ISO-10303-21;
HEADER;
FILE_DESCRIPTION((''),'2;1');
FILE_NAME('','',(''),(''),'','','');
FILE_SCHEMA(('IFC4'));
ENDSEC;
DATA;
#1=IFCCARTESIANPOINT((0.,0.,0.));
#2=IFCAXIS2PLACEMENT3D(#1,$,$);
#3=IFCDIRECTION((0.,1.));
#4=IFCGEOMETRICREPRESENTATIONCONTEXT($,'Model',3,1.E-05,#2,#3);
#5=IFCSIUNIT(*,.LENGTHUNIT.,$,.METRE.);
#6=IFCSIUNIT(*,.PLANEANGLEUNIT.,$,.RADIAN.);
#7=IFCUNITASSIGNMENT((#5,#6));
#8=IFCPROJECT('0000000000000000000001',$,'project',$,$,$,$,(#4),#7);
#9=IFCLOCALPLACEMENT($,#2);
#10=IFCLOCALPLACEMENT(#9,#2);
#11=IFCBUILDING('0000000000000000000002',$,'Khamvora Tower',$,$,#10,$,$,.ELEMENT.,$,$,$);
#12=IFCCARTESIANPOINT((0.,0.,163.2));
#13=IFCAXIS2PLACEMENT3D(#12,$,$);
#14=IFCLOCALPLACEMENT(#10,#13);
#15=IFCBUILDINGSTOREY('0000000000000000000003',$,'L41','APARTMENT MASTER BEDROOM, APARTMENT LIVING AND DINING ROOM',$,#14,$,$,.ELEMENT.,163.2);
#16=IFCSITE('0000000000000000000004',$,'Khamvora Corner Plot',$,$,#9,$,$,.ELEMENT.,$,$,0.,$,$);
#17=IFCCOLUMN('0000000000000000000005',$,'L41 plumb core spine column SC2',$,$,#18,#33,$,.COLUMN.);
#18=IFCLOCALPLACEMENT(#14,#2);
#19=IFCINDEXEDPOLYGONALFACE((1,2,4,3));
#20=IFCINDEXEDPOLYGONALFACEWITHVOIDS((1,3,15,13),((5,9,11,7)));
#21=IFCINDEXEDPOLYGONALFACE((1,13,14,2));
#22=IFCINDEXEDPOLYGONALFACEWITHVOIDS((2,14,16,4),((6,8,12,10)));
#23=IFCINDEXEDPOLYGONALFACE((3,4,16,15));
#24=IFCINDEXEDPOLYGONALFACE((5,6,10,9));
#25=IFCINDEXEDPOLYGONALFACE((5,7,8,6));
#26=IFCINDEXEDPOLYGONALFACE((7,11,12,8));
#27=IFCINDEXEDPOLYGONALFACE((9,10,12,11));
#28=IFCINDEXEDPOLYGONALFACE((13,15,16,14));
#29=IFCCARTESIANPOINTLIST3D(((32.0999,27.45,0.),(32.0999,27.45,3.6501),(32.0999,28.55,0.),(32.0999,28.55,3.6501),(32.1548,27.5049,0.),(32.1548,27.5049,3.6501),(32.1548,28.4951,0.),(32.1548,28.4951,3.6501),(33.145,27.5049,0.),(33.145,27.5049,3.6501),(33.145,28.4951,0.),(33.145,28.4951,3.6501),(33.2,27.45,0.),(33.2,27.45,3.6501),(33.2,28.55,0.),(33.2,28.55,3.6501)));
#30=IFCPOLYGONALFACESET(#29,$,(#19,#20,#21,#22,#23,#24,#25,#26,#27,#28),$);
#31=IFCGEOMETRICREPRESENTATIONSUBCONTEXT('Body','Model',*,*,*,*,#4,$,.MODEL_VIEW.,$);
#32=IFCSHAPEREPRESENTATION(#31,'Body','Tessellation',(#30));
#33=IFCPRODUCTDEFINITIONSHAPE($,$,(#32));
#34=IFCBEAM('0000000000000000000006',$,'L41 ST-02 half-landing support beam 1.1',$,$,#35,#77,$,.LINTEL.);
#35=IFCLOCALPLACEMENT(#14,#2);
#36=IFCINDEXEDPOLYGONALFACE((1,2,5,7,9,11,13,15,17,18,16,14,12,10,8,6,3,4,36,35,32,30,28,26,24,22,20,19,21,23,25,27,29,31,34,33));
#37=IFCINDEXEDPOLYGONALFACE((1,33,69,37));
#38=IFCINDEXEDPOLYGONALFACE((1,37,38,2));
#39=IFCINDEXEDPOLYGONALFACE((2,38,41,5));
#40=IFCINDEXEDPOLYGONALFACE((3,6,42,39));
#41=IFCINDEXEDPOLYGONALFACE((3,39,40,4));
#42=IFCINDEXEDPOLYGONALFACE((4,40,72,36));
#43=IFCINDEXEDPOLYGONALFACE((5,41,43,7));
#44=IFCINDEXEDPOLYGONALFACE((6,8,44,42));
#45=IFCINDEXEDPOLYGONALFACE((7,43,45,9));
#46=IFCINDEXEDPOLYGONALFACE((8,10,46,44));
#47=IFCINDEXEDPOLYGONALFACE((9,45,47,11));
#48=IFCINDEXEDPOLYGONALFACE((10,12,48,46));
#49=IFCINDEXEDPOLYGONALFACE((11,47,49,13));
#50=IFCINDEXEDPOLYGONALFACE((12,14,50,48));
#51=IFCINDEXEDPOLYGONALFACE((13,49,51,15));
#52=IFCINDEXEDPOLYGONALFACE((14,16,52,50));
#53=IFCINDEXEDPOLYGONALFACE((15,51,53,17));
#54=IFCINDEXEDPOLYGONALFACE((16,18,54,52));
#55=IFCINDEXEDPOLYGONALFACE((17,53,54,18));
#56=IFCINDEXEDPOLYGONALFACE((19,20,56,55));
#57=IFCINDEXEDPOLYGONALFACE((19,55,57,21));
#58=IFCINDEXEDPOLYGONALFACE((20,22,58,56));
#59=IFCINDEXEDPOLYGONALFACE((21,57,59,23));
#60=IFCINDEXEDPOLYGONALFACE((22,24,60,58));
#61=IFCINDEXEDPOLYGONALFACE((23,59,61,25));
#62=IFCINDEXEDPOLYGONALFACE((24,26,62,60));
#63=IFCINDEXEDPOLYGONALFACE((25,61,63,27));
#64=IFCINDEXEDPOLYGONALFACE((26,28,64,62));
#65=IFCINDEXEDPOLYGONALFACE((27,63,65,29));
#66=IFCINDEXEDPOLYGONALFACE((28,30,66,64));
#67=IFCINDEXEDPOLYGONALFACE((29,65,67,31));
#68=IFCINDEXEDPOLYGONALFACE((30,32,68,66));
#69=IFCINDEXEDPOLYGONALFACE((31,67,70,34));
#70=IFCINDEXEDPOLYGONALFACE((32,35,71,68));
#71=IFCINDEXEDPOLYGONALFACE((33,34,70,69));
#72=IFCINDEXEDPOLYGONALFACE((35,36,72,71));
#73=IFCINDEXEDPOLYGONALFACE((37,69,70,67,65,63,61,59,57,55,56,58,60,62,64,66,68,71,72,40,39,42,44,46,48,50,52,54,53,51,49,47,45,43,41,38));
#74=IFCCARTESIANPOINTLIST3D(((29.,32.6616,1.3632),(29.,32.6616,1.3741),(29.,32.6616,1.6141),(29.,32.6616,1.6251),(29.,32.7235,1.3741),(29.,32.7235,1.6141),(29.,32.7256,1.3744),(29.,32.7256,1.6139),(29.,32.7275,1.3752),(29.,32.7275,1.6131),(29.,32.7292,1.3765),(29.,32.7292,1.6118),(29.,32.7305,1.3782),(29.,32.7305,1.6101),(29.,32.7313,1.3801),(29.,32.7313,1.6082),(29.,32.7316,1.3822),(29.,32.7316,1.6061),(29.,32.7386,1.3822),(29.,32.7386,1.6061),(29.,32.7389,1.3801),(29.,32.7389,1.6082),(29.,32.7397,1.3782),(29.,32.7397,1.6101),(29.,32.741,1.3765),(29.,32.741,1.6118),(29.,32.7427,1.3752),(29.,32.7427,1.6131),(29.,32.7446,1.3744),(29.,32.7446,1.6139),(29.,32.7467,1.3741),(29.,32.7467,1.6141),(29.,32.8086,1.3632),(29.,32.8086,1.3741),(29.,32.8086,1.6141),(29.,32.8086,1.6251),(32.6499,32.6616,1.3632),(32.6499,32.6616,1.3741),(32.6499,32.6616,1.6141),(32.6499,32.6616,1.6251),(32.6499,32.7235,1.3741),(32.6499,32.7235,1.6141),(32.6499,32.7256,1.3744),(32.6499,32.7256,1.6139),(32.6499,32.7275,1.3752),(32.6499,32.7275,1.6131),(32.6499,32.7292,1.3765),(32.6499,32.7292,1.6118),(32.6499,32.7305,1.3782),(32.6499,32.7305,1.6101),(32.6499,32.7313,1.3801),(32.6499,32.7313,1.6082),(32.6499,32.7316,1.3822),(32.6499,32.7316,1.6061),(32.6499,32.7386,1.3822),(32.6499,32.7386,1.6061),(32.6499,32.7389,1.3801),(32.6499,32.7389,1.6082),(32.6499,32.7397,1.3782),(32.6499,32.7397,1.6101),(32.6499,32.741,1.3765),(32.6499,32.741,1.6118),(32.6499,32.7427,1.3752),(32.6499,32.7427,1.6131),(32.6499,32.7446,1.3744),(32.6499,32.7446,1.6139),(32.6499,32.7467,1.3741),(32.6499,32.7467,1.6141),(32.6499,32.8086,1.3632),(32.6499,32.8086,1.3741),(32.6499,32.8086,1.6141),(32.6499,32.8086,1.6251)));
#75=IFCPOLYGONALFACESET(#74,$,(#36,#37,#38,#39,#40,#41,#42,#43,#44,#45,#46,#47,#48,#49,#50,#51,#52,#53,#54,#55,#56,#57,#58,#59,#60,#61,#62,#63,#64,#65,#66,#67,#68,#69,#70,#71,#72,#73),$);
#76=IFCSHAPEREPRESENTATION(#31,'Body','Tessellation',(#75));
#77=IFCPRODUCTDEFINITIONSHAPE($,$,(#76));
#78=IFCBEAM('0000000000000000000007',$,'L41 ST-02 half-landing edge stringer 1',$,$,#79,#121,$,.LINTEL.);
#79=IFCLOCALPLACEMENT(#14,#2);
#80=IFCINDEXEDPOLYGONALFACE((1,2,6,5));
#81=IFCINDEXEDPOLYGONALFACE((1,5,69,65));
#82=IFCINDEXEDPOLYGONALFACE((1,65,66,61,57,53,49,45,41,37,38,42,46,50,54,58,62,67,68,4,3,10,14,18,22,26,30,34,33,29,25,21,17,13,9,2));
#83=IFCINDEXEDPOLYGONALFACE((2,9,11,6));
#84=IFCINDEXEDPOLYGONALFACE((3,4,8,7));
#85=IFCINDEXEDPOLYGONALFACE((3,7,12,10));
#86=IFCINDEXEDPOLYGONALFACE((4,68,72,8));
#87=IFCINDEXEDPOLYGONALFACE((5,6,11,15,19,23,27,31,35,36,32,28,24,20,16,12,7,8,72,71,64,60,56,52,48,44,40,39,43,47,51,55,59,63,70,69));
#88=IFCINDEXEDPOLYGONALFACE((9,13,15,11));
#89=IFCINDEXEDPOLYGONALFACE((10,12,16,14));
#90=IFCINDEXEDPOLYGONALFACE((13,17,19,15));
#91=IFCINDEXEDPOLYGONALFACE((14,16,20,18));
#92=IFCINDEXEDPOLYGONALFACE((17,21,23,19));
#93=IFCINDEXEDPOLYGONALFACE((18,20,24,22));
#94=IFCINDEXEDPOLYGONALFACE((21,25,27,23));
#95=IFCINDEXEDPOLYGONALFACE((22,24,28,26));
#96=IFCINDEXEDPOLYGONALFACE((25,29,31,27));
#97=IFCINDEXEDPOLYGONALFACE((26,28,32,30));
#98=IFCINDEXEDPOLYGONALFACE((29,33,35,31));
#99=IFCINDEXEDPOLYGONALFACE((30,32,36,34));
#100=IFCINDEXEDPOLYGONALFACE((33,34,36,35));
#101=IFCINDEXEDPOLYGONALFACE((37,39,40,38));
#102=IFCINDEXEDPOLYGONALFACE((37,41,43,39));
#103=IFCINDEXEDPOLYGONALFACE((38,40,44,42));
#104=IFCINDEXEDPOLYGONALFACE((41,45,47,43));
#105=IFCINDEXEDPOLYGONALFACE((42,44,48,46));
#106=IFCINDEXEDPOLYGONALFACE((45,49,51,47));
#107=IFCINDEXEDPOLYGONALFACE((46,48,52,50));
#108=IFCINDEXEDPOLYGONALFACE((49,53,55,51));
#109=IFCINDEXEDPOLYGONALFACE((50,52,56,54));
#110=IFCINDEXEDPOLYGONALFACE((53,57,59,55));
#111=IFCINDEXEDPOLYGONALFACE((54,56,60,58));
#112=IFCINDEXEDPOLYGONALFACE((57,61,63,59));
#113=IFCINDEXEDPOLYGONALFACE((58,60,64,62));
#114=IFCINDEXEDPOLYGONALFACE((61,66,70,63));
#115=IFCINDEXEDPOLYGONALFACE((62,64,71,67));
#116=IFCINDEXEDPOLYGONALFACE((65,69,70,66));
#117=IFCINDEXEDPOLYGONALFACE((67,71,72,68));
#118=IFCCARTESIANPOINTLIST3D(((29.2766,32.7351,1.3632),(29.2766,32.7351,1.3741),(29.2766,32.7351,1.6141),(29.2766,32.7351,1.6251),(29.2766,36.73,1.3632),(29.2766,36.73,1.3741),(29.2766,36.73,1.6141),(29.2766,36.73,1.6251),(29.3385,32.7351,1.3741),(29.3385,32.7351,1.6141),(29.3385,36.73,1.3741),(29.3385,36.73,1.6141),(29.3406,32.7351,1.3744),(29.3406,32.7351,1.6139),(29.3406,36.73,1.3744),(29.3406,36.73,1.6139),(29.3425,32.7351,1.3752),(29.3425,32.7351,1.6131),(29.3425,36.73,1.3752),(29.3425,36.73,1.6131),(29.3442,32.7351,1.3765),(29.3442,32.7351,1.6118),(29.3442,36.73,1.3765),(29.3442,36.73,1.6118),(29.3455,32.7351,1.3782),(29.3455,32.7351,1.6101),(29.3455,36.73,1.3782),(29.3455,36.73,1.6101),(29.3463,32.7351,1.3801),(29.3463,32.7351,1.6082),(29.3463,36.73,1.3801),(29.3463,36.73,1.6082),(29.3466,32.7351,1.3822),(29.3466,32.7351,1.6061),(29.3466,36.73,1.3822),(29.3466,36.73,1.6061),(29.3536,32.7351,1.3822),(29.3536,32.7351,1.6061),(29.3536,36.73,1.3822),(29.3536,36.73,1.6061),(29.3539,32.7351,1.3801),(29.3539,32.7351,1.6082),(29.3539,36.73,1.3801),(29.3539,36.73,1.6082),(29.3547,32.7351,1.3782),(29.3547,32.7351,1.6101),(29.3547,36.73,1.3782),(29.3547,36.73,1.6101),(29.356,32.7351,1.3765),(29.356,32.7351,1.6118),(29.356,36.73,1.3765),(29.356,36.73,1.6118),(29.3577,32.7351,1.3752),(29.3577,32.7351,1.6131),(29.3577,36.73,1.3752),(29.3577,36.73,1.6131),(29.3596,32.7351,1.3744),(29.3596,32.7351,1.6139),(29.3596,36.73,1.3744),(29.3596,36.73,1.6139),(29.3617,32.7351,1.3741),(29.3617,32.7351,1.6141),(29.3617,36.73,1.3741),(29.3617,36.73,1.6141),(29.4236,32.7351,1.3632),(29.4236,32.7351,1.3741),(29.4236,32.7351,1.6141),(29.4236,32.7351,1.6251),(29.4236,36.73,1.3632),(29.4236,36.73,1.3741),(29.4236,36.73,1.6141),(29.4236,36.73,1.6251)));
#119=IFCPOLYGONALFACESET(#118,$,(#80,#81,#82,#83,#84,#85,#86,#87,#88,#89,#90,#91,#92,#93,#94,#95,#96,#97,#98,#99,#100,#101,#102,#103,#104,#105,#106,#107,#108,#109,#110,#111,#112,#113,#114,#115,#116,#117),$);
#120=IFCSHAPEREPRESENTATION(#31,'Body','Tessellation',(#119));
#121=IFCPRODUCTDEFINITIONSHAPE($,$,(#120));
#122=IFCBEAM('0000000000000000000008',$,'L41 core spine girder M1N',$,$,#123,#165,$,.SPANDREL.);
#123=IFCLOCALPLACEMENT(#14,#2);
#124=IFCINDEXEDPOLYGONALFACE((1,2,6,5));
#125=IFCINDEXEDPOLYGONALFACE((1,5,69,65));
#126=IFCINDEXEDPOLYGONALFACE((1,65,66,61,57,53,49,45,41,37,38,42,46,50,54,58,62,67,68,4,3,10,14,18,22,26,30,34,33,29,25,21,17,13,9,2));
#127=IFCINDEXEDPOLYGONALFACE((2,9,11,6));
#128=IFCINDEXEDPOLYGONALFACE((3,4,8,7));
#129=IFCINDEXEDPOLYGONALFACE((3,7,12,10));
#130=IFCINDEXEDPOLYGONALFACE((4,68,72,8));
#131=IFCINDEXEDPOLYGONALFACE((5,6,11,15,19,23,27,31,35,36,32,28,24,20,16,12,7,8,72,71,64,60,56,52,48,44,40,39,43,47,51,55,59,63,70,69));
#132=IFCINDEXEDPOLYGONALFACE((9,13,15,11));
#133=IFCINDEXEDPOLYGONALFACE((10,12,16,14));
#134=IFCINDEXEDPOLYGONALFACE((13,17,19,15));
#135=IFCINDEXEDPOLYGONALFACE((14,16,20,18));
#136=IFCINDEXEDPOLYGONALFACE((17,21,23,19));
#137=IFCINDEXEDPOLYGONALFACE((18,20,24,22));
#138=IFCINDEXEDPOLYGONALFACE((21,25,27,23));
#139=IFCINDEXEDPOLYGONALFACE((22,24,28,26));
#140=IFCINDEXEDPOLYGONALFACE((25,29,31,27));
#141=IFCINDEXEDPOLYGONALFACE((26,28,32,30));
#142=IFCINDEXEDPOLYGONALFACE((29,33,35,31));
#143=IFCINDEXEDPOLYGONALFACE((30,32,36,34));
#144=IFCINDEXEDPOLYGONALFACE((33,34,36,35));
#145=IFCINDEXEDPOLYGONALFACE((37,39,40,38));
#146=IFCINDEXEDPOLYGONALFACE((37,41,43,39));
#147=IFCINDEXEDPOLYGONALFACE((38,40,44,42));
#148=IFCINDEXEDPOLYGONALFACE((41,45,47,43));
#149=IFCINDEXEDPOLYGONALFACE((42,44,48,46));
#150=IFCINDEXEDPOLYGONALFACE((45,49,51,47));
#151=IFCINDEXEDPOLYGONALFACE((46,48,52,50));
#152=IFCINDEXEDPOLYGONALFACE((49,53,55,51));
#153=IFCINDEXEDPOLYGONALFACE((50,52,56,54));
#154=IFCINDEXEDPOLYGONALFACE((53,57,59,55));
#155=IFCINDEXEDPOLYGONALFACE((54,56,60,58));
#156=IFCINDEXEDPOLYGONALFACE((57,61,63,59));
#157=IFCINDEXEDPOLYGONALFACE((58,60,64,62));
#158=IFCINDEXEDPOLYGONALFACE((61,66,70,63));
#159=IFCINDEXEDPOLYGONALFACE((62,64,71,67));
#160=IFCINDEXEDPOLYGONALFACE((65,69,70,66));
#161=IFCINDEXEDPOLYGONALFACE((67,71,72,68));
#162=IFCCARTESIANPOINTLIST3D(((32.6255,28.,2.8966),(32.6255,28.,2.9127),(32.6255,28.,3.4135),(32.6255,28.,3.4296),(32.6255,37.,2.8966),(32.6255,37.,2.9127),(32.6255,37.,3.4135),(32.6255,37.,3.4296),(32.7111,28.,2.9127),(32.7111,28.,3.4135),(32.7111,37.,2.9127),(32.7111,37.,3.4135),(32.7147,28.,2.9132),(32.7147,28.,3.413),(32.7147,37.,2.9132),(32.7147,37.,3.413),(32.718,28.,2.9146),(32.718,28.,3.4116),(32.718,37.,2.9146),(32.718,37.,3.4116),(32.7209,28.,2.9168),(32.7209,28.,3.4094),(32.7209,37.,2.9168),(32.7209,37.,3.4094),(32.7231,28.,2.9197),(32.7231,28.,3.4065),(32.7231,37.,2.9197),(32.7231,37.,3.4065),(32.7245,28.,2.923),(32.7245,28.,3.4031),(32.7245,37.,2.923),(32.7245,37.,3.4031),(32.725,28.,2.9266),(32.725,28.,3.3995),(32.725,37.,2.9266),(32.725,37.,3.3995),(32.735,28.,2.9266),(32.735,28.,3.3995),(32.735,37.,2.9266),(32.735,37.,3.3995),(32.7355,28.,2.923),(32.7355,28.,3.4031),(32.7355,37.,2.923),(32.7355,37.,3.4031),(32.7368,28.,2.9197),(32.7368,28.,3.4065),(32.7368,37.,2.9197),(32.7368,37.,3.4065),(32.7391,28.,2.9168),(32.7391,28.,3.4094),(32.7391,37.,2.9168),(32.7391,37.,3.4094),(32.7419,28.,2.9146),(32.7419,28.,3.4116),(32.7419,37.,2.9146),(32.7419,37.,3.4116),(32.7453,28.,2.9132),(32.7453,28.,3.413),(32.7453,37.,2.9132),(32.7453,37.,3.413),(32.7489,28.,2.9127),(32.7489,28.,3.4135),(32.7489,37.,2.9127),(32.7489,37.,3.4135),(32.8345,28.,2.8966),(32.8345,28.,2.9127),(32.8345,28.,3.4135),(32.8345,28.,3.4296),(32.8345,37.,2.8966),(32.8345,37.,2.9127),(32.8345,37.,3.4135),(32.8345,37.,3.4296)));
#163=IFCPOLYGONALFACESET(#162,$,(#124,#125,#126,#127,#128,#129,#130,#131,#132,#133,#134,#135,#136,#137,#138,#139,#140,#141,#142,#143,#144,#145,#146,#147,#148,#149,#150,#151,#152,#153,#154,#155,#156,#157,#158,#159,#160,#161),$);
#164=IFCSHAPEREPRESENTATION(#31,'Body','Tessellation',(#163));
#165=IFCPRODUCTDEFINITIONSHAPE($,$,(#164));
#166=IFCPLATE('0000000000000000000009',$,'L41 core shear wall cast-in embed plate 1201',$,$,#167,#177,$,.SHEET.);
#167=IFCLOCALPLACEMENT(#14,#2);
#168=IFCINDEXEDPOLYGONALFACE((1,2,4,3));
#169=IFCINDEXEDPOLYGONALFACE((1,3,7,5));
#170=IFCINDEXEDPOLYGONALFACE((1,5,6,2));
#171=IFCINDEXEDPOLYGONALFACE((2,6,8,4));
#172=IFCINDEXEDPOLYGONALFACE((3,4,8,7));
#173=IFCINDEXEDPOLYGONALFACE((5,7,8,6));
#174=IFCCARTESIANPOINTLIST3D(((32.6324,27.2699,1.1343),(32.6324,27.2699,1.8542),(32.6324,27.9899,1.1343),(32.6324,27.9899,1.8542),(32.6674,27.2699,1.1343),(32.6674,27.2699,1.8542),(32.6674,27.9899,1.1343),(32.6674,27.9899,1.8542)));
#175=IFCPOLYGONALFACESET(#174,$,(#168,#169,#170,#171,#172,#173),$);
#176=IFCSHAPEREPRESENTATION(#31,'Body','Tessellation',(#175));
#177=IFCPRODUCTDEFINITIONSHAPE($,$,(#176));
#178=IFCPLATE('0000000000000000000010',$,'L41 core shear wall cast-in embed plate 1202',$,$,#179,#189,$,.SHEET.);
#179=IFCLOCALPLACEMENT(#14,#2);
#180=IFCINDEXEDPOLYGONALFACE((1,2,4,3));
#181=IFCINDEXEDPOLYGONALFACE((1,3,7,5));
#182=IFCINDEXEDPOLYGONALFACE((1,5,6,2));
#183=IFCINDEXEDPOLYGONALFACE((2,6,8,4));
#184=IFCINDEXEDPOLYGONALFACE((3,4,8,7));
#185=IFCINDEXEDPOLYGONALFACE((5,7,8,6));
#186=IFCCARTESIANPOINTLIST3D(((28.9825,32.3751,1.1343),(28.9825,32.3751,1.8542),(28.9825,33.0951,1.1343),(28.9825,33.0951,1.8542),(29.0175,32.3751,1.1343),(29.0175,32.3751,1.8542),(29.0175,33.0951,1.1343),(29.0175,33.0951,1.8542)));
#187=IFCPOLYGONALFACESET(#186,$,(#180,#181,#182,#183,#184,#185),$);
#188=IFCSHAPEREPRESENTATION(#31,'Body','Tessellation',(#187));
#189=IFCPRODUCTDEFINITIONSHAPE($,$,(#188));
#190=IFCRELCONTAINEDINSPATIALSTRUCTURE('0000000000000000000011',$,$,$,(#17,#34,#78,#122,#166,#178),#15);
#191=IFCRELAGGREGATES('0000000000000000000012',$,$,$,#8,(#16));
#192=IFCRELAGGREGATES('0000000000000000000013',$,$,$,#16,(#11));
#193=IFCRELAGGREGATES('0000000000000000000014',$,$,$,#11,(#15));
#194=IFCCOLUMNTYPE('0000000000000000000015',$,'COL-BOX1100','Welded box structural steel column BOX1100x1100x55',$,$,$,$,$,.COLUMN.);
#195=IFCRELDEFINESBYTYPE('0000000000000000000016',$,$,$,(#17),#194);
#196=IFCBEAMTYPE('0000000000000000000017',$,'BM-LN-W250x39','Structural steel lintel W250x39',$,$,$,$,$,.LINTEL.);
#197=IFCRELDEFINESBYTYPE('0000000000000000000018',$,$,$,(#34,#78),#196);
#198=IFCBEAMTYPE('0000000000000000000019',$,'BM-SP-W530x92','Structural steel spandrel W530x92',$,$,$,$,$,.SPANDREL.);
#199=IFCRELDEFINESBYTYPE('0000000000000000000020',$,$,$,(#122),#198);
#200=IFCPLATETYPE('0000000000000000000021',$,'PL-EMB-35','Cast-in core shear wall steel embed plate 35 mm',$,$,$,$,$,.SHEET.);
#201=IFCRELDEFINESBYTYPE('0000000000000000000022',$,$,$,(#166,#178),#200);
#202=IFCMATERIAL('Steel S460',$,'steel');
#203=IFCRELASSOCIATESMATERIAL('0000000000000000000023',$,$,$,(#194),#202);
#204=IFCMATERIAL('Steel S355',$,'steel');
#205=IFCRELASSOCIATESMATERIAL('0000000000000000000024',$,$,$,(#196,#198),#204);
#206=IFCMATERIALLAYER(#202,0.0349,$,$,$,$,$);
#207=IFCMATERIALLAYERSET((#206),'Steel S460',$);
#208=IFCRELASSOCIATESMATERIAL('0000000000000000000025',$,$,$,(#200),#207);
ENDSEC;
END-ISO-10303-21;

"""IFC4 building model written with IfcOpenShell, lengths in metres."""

from ifc_helpers import new_model, si_unit, direction, frame, origin, origin_2d, place, context, subcontext, project, spatial, rectangle, hollow_rectangle, i_section, extrude, material, layer, layer_set, material_profile, profile_set, type_object, element, save


model = new_model("IFC4")

# Units and contexts
model_context = context("Model", 3, precision=1e-05, world=origin(), true_north=direction((0.0, 1.0)))
body_context = subcontext(model_context, "Body", "Model", "MODEL_VIEW")
ifc_project = project(units=[si_unit("LENGTHUNIT", "METRE"), si_unit("PLANEANGLEUNIT", "RADIAN")], contexts=[model_context])

# Site, building, storey
site_placement = place(None, origin())
site = spatial("IfcSite", under=ifc_project, at=site_placement, Name="Khamvora Corner Plot", CompositionType="ELEMENT", RefElevation=0.0)
building_placement = place(site_placement, origin())
building = spatial("IfcBuilding", under=site, at=building_placement, Name="Khamvora Tower", CompositionType="ELEMENT")
storey_placement = place(building_placement, frame((0.0, 0.0, 163.2)))
storey = spatial("IfcBuildingStorey", under=building, at=storey_placement, Name="L41", Description="APARTMENT MASTER BEDROOM, APARTMENT LIVING AND DINING ROOM", CompositionType="ELEMENT", Elevation=163.2)

# Column
ifc_material_1 = material(Name="Steel S460", Category="steel")
ifc_material_profile_1 = material_profile(ifc_material_1, hollow_rectangle(XDim=1.1001, YDim=1.1001, WallThickness=0.0549, at=origin_2d()), Name="BOX1100x1100x55")
ifc_profile_set_1 = profile_set([ifc_material_profile_1], Name="Steel S460")
column_type = type_object("IfcColumnType", Name="COL-BOX1100", Description="Welded box structural steel column BOX1100x1100x55", PredefinedType="COLUMN", material=ifc_profile_set_1)
column_placement = place(storey_placement, frame((32.6499, 28.0, 0.0), z_axis=(0.0, 0.0, 1.0), x_axis=(1.0, 0.0, 0.0)))
element("IfcColumn", 1, at=column_placement, inside=storey, type_object=column_type, Name="L41 plumb core spine column SC2", PredefinedType="COLUMN", context=body_context, shape_type="SweptSolid", body=[
    extrude(hollow_rectangle(XDim=1.1001, YDim=1.1001, WallThickness=0.0549, at=origin_2d()), origin(), (0.0, 0.0, 1.0), 3.6501),
])

# Beams
ifc_material_2 = material(Name="Steel S355", Category="steel")
ifc_material_profile_2 = material_profile(ifc_material_2, i_section(OverallWidth=0.147, OverallDepth=0.262, WebThickness=0.0071, FlangeThickness=0.011, FilletRadius=0.0081, at=origin_2d()), Name="W250x39")
ifc_profile_set_2 = profile_set([ifc_material_profile_2], Name="Steel S355")
beam_type_1 = type_object("IfcBeamType", Name="BM-LN-W250x39", Description="Structural steel lintel W250x39", PredefinedType="LINTEL", material=ifc_profile_set_2)
beam_1_placement = place(storey_placement, frame((29.0, 32.7351, 1.4941), z_axis=(1.0, 0.0, 0.0), x_axis=(0.0, 1.0, 0.0)))
element("IfcBeam", 2, at=beam_1_placement, inside=storey, type_object=beam_type_1, Name="L41 ST-02 half-landing support beam 1.1", PredefinedType="LINTEL", context=body_context, shape_type="SweptSolid", body=[
    extrude(i_section(OverallWidth=0.147, OverallDepth=0.262, WebThickness=0.0071, FlangeThickness=0.011, FilletRadius=0.0081, at=origin_2d()), origin(), (0.0, 0.0, 1.0), 3.6499),
])
beam_2_placement = place(storey_placement, frame((29.3501, 32.7351, 1.4941), z_axis=(0.0, 1.0, 0.0), x_axis=(-1.0, 0.0, 0.0)))
element("IfcBeam", 3, at=beam_2_placement, inside=storey, type_object=beam_type_1, Name="L41 ST-02 half-landing edge stringer 1", PredefinedType="LINTEL", context=body_context, shape_type="SweptSolid", body=[
    extrude(i_section(OverallWidth=0.147, OverallDepth=0.262, WebThickness=0.0071, FlangeThickness=0.011, FilletRadius=0.0081, at=origin_2d()), origin(), (0.0, 0.0, 1.0), 3.9949),
])
ifc_material_profile_3 = material_profile(ifc_material_2, i_section(OverallWidth=0.209, OverallDepth=0.533, WebThickness=0.01, FlangeThickness=0.0161, FilletRadius=0.0139, at=origin_2d()), Name="W530x92")
ifc_profile_set_3 = profile_set([ifc_material_profile_3], Name="Steel S355")
beam_type_2 = type_object("IfcBeamType", Name="BM-SP-W530x92", Description="Structural steel spandrel W530x92", PredefinedType="SPANDREL", material=ifc_profile_set_3)
beam_3_placement = place(storey_placement, frame((32.73, 28.0, 3.1631), z_axis=(0.0, 1.0, 0.0), x_axis=(-1.0, 0.0, 0.0)))
element("IfcBeam", 4, at=beam_3_placement, inside=storey, type_object=beam_type_2, Name="L41 core spine girder M1N", PredefinedType="SPANDREL", context=body_context, shape_type="SweptSolid", body=[
    extrude(i_section(OverallWidth=0.209, OverallDepth=0.533, WebThickness=0.01, FlangeThickness=0.0161, FilletRadius=0.0139, at=origin_2d()), origin(), (0.0, 0.0, 1.0), 9.0),
])

# Plates
ifc_layer_1 = layer(ifc_material_1, 0.0349)
ifc_layer_set_1 = layer_set([ifc_layer_1], Name="Steel S460")
plate_type = type_object("IfcPlateType", Name="PL-EMB-35", Description="Cast-in core shear wall steel embed plate 35 mm", PredefinedType="SHEET", material=ifc_layer_set_1)
for number, where, z_axis, x_axis, name in (
    (5, (32.6499, 27.6299, 1.1343), (0.0, 0.0, 1.0), (1.0, 0.0, 0.0), "L41 core shear wall cast-in embed plate 1201"),
    (6, (29.0, 32.7351, 1.1343), (0.0, 0.0, 1.0), (1.0, 0.0, 0.0), "L41 core shear wall cast-in embed plate 1202"),
):
    element("IfcPlate", number, at=place(storey_placement, frame(where, z_axis=z_axis, x_axis=x_axis)), inside=storey, type_object=plate_type, Name=name, PredefinedType="SHEET", context=body_context, shape_type="SweptSolid", body=[
        extrude(rectangle(XDim=0.0349, YDim=0.72, at=origin_2d()), origin(), (0.0, 0.0, 1.0), 0.72),
    ])

save(model, "model.ifc")
